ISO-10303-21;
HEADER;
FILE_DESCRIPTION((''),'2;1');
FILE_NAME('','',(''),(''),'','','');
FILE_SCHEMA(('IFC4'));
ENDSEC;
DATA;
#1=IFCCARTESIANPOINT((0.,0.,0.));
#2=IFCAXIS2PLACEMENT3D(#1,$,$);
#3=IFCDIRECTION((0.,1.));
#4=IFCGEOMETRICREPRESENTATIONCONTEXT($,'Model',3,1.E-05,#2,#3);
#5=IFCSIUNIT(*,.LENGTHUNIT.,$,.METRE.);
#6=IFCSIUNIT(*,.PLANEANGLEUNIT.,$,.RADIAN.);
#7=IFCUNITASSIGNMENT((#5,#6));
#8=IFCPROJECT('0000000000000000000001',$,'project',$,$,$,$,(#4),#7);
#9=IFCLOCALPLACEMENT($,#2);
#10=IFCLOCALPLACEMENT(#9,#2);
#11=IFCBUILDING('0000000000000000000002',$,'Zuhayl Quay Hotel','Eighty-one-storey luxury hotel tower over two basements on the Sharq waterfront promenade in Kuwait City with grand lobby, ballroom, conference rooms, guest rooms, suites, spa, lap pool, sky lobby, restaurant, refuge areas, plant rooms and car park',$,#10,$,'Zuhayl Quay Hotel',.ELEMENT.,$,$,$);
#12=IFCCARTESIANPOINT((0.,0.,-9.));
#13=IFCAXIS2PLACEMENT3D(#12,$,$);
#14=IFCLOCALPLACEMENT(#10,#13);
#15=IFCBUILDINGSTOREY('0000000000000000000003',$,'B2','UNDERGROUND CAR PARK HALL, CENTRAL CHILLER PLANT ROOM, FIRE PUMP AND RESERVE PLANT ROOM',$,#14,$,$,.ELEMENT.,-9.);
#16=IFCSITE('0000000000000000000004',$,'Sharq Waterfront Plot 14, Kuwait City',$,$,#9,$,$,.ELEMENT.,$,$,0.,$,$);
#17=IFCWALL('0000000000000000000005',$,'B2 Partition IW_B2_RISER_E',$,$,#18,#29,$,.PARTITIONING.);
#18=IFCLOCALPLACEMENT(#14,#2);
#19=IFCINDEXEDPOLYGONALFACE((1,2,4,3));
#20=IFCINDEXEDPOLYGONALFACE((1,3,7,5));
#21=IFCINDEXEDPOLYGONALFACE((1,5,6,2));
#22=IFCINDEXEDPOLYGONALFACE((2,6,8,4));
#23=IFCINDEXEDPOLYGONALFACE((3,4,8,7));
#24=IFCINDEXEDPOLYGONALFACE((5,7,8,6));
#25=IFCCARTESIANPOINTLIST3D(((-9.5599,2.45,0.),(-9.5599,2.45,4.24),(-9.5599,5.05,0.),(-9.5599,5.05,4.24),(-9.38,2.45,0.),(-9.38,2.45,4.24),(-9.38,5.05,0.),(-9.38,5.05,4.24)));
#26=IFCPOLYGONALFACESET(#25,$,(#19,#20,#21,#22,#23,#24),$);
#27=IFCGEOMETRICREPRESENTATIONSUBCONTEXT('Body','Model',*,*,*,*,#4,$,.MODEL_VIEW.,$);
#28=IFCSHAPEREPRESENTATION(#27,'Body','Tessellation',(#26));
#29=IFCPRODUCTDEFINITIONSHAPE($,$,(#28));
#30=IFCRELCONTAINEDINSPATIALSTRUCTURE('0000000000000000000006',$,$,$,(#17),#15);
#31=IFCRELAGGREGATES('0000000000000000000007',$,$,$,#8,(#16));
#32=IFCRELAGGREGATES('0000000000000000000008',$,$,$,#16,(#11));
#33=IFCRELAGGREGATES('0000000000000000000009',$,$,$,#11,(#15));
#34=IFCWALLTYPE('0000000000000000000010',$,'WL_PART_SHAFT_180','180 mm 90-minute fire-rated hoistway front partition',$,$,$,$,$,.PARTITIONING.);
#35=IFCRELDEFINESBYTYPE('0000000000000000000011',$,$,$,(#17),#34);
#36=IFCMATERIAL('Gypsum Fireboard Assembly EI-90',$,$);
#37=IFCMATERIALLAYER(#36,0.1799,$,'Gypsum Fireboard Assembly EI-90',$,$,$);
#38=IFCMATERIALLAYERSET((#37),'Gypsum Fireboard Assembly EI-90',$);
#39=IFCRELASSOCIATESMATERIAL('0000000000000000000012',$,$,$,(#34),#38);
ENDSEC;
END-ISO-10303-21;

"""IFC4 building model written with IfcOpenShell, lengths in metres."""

from ifc_helpers import new_model, si_unit, direction, frame, frame_2d, origin, place, context, subcontext, project, spatial, rectangle, extrude, material, layer, layer_set, type_object, element, save


model = new_model("IFC4")

# Units and contexts
model_context = context("Model", 3, precision=1e-05, world=origin(), true_north=direction((0.0, 1.0)))
body_context = subcontext(model_context, "Body", "Model", "MODEL_VIEW")
ifc_project = project(units=[si_unit("LENGTHUNIT", "METRE"), si_unit("PLANEANGLEUNIT", "RADIAN")], contexts=[model_context])

# Site, building, storey
site_placement = place(None, origin())
site = spatial("IfcSite", under=ifc_project, at=site_placement, Name="Sharq Waterfront Plot 14, Kuwait City", CompositionType="ELEMENT", RefElevation=0.0)
building_placement = place(site_placement, origin())
building = spatial("IfcBuilding", under=site, at=building_placement, Name="Zuhayl Quay Hotel", Description="Eighty-one-storey luxury hotel tower over two basements on the Sharq waterfront promenade in Kuwait City with grand lobby, ballroom, conference rooms, guest rooms, suites, spa, lap pool, sky lobby, restaurant, refuge areas, plant rooms and car park", LongName="Zuhayl Quay Hotel", CompositionType="ELEMENT")
storey_placement = place(building_placement, frame((0.0, 0.0, -9.0)))
storey = spatial("IfcBuildingStorey", under=building, at=storey_placement, Name="B2", Description="UNDERGROUND CAR PARK HALL, CENTRAL CHILLER PLANT ROOM, FIRE PUMP AND RESERVE PLANT ROOM", CompositionType="ELEMENT", Elevation=-9.0)

# Wall
ifc_material_1 = material(Name="Gypsum Fireboard Assembly EI-90")
ifc_layer_1 = layer(ifc_material_1, 0.1799, Name="Gypsum Fireboard Assembly EI-90")
ifc_layer_set_1 = layer_set([ifc_layer_1], Name="Gypsum Fireboard Assembly EI-90")
wall_type_1 = type_object("IfcWallType", Name="WL_PART_SHAFT_180", Description="180 mm 90-minute fire-rated hoistway front partition", PredefinedType="PARTITIONING", material=ifc_layer_set_1)
wall_1_placement = place(storey_placement, frame((-9.47, 2.45, 0.0), z_axis=(0.0, 0.0, 1.0), x_axis=(0.0, 1.0, 0.0)))
element("IfcWall", 1, at=wall_1_placement, inside=storey, type_object=wall_type_1, Name="B2 Partition IW_B2_RISER_E", PredefinedType="PARTITIONING", context=body_context, shape_type="SweptSolid", body=[
    extrude(rectangle(XDim=2.6001, YDim=0.1799, at=frame_2d((1.3, 0.0))), origin(), (0.0, 0.0, 1.0), 4.24),
])

save(model, "model.ifc")
